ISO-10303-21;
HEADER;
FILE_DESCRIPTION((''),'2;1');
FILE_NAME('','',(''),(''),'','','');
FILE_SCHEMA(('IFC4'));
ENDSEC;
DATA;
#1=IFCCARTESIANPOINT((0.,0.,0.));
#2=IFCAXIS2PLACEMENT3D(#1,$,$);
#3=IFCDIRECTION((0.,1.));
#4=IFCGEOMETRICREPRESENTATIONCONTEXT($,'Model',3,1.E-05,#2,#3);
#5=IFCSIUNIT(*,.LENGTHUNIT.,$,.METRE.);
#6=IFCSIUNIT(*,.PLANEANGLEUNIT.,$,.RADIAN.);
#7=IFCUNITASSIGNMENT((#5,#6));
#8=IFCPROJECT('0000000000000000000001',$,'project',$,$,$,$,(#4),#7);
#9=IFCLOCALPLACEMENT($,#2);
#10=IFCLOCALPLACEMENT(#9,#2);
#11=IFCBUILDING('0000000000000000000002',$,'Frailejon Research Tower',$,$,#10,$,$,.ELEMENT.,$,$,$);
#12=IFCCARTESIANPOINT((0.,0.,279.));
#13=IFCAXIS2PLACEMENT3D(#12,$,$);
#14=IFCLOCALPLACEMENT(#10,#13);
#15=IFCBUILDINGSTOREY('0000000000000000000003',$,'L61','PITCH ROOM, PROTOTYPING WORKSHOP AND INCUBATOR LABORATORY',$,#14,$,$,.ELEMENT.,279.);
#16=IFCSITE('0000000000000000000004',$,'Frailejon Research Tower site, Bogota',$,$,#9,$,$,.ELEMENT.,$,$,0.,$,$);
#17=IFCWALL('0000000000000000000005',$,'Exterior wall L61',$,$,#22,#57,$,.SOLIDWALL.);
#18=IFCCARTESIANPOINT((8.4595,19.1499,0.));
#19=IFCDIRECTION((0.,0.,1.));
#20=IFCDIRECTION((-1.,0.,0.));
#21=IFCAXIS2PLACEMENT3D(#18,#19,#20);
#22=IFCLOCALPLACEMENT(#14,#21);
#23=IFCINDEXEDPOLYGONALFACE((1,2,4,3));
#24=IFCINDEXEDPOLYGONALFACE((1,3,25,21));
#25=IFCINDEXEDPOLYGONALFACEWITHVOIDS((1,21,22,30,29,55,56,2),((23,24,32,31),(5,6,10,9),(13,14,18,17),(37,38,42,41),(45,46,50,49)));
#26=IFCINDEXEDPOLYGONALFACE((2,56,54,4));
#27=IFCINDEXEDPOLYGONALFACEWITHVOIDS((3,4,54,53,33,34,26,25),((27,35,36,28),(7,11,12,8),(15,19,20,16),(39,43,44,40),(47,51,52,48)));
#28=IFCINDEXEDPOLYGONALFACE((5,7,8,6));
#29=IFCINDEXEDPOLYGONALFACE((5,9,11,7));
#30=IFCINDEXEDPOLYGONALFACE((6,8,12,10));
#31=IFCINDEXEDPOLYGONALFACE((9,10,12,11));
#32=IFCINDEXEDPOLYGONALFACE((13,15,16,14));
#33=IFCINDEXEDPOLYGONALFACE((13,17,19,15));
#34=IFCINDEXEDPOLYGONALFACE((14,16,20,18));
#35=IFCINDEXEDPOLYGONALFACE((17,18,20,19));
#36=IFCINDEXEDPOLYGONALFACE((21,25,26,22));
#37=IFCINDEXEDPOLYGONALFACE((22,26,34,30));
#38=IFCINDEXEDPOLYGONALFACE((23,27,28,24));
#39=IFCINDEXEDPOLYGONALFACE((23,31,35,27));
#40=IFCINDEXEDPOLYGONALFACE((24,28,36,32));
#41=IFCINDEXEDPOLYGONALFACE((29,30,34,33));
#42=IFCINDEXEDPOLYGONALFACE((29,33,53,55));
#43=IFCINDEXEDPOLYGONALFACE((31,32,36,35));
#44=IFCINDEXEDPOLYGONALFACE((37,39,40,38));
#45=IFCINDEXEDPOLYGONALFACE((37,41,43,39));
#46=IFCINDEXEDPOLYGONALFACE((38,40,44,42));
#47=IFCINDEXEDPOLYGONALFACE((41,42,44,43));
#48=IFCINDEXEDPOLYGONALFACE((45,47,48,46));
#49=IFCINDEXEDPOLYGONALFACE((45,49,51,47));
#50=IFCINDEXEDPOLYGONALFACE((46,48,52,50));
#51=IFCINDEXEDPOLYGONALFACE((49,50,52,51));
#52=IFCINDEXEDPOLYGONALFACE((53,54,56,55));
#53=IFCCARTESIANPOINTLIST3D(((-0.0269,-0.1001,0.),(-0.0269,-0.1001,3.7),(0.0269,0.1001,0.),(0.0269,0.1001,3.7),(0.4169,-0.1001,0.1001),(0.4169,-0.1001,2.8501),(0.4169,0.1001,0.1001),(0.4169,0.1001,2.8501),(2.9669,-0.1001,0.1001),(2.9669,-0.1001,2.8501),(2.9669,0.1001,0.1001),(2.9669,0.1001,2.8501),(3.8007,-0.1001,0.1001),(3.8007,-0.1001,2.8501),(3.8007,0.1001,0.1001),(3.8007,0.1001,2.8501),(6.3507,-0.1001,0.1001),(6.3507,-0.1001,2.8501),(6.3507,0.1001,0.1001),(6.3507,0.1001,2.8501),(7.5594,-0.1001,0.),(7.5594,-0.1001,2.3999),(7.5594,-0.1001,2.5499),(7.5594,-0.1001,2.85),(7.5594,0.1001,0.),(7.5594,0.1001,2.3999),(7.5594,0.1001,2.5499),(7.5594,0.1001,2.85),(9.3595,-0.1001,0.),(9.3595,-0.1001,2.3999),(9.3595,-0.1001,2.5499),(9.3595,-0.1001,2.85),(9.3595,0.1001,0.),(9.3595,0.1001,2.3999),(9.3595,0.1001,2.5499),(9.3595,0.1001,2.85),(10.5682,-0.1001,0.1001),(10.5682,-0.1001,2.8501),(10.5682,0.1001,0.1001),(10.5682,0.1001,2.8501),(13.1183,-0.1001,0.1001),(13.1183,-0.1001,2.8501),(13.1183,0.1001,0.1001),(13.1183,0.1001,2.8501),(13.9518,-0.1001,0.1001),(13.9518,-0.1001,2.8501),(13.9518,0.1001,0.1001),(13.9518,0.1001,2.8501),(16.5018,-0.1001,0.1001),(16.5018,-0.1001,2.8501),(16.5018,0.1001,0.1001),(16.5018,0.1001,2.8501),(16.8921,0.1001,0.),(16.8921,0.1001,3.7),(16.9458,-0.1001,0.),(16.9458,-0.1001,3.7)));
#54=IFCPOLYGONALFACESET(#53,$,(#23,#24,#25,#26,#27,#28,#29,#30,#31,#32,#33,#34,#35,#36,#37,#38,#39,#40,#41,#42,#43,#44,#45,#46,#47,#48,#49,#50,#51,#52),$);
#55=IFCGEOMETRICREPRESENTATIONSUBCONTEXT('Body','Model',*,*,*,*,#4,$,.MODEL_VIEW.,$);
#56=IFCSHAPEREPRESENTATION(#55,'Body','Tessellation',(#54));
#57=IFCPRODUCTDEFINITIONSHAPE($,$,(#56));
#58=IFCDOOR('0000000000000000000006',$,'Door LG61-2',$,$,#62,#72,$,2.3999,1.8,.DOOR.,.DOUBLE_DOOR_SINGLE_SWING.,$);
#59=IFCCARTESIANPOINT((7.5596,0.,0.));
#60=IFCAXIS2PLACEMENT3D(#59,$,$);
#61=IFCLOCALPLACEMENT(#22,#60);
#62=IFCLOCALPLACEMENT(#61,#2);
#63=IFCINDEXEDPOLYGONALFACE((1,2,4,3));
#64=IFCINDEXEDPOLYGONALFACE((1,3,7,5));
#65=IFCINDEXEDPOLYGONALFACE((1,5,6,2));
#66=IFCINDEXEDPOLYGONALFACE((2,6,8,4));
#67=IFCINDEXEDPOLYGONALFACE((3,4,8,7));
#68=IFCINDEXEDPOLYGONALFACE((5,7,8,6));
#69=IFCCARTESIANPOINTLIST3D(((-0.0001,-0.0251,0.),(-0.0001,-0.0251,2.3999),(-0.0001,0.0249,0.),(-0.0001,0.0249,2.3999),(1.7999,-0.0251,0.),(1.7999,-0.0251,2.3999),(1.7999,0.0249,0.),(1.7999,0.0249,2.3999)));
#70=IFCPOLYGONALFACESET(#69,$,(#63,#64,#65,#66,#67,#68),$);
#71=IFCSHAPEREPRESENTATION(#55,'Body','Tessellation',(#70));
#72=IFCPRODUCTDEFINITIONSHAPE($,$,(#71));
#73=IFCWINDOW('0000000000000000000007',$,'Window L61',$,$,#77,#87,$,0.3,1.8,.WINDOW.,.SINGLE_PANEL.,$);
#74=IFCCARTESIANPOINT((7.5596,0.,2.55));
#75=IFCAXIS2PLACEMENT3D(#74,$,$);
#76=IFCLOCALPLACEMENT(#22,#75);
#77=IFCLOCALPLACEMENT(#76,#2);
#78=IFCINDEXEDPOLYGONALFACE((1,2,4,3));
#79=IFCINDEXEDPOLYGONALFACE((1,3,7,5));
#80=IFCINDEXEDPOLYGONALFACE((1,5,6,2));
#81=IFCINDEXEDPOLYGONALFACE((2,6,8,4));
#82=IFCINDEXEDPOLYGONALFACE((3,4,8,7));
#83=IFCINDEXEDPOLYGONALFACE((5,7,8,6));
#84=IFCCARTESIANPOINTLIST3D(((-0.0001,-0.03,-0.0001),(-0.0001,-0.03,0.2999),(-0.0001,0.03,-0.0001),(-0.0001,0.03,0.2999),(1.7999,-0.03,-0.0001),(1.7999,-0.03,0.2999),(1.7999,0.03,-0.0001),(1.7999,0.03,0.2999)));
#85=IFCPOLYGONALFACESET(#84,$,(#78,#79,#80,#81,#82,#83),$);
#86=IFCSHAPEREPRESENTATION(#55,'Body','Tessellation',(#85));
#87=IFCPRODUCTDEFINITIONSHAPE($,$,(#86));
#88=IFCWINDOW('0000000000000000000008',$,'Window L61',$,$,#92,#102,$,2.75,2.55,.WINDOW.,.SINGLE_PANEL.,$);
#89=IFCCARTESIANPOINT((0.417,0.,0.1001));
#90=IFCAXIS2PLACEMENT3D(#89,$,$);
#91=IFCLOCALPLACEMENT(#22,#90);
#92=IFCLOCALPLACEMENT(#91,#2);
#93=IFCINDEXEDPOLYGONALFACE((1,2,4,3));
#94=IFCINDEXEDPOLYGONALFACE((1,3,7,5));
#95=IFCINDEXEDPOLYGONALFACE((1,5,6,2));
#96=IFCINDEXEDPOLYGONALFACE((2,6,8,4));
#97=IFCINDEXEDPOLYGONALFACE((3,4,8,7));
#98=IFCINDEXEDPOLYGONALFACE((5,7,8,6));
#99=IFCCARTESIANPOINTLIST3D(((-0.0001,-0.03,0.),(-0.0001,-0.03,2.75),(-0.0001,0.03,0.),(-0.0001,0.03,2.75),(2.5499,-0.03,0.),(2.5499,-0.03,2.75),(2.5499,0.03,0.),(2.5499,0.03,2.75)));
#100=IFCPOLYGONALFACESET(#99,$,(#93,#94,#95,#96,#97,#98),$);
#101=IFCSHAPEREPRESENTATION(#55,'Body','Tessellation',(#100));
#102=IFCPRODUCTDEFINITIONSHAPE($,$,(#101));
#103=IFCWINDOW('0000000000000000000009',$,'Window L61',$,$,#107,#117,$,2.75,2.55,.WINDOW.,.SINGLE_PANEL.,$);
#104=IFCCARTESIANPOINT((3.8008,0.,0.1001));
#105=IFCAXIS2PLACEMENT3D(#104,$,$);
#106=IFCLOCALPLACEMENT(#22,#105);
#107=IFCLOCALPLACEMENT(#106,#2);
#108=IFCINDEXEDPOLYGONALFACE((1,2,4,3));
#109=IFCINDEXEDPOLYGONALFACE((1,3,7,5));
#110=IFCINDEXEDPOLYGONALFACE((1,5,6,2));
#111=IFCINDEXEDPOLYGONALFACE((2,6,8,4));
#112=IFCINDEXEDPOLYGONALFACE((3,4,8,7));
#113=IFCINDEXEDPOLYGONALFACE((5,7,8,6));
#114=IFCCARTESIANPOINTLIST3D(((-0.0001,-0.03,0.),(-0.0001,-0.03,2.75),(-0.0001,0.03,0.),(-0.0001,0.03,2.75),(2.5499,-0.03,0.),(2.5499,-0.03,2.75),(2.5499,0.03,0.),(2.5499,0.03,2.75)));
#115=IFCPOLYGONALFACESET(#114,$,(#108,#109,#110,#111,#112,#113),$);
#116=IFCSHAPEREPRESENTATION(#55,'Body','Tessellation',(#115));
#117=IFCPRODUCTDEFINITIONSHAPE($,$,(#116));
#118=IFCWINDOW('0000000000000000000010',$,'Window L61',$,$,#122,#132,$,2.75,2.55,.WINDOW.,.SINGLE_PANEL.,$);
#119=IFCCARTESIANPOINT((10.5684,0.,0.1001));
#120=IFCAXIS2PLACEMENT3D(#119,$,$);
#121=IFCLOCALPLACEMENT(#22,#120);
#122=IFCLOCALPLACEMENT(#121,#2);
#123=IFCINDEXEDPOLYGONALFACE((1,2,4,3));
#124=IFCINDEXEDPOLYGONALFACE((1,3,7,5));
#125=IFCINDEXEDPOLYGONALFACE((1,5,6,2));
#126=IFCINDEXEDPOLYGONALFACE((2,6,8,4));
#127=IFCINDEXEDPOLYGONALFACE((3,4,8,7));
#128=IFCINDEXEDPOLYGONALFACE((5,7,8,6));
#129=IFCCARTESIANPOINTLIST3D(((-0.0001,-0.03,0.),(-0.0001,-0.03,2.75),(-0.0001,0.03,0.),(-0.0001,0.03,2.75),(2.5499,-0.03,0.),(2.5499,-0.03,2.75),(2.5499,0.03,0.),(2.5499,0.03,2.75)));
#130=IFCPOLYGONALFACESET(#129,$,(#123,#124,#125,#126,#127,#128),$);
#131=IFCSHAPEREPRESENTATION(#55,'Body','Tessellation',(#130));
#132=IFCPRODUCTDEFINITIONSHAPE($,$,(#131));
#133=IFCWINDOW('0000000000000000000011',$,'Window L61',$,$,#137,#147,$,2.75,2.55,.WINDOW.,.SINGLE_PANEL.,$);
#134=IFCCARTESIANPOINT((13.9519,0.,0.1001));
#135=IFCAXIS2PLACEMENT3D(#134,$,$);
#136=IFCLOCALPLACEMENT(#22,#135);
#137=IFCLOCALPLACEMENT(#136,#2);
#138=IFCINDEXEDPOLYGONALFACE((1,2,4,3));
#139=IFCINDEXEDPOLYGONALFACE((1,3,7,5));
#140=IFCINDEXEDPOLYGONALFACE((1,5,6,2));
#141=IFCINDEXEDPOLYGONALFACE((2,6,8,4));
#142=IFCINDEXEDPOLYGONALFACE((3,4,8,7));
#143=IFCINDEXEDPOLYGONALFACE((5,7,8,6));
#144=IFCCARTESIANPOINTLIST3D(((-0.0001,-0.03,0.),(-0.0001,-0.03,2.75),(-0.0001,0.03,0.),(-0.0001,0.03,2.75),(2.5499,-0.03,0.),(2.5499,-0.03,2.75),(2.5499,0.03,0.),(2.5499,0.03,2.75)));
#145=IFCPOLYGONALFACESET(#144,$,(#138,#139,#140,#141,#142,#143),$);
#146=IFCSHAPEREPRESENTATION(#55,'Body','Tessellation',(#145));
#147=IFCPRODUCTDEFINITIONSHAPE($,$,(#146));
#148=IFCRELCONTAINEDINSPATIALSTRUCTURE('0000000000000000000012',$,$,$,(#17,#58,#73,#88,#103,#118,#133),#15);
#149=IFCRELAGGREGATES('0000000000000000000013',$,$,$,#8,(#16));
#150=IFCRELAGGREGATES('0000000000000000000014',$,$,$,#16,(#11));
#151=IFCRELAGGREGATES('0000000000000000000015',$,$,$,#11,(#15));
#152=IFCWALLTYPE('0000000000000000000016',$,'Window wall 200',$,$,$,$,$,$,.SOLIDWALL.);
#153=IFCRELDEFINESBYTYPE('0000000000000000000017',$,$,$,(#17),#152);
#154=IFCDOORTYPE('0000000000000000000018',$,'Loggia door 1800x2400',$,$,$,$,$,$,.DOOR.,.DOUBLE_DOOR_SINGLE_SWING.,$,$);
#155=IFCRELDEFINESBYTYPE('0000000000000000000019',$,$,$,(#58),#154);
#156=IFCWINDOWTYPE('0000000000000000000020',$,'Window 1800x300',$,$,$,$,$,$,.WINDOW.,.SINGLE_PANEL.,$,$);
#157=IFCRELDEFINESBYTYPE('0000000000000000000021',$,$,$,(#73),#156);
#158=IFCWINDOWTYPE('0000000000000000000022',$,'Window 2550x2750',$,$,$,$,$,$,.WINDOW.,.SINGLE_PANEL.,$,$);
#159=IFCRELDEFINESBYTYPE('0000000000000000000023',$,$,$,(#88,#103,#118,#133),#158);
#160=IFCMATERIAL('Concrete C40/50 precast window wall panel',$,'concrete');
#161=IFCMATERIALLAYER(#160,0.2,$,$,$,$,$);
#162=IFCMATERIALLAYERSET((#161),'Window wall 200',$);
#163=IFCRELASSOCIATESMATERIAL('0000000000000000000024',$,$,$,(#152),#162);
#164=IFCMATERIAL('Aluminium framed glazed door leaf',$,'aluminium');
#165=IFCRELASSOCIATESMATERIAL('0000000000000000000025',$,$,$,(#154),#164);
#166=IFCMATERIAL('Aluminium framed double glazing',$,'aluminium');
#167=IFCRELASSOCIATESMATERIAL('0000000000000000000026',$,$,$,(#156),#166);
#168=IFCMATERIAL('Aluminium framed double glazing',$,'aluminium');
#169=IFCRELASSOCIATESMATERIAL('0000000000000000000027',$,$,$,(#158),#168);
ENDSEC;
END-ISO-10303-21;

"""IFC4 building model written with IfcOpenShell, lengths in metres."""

from ifc_helpers import new_model, si_unit, direction, frame, frame_2d, origin, place, context, subcontext, project, spatial, polyline, rectangle, outline, extrude, material, layer, layer_set, type_object, element, fill, save


model = new_model("IFC4")

# Units and contexts
model_context = context("Model", 3, precision=1e-05, world=origin(), true_north=direction((0.0, 1.0)))
body_context = subcontext(model_context, "Body", "Model", "MODEL_VIEW")
ifc_project = project(units=[si_unit("LENGTHUNIT", "METRE"), si_unit("PLANEANGLEUNIT", "RADIAN")], contexts=[model_context])

# Site, building, storey
site_placement = place(None, origin())
site = spatial("IfcSite", under=ifc_project, at=site_placement, Name="Frailejon Research Tower site, Bogota", CompositionType="ELEMENT", RefElevation=0.0)
building_placement = place(site_placement, origin())
building = spatial("IfcBuilding", under=site, at=building_placement, Name="Frailejon Research Tower", CompositionType="ELEMENT")
storey_placement = place(building_placement, frame((0.0, 0.0, 279.0)))
storey = spatial("IfcBuildingStorey", under=building, at=storey_placement, Name="L61", Description="PITCH ROOM, PROTOTYPING WORKSHOP AND INCUBATOR LABORATORY", CompositionType="ELEMENT", Elevation=279.0)

# Wall, openings, door, windows
ifc_material_1 = material(Name="Concrete C40/50 precast window wall panel", Category="concrete")
ifc_layer_1 = layer(ifc_material_1, 0.2)
ifc_layer_set_1 = layer_set([ifc_layer_1], Name="Window wall 200")
wall_type_1 = type_object("IfcWallType", Name="Window wall 200", PredefinedType="SOLIDWALL", material=ifc_layer_set_1)
wall_1_placement = place(storey_placement, frame((8.4595, 19.1499, 0.0), z_axis=(0.0, 0.0, 1.0), x_axis=(-1.0, 0.0, 0.0)))
wall_1 = element("IfcWall", 1, at=wall_1_placement, inside=storey, type_object=wall_type_1, Name="Exterior wall L61", PredefinedType="SOLIDWALL", context=body_context, shape_type="SweptSolid", body=[
    extrude(outline(polyline([(-0.0269, -0.1001), (1.0339, -0.1001), (2.0947, -0.1001), (3.1555, -0.1001), (4.2163, -0.1001), (5.2771, -0.1001), (6.3379, -0.1001), (7.3987, -0.1001), (8.4595, -0.1001), (9.5203, -0.1001), (10.5811, -0.1001), (11.6418, -0.1001), (12.7026, -0.1001), (13.7634, -0.1001), (14.8242, -0.1001), (15.885, -0.1001), (16.9458, -0.1001), (16.8921, 0.1001), (15.8379, 0.1001), (14.7839, 0.1001), (13.73, 0.1001), (12.6758, 0.1001), (11.6216, 0.1001), (10.5676, 0.1001), (9.5137, 0.1001), (8.4595, 0.1001), (7.4053, 0.1001), (6.3513, 0.1001), (5.2974, 0.1001), (4.2432, 0.1001), (3.189, 0.1001), (2.135, 0.1001), (1.0811, 0.1001), (0.0269, 0.1001), (-0.0269, -0.1001)])), origin(), (0.0, 0.0, 1.0), 3.7),
])
opening_1_placement = place(wall_1_placement, frame((0.417, 0.0, 0.1001)))
opening_1 = element("IfcOpeningElement", 2, at=opening_1_placement, cuts=wall_1, PredefinedType="OPENING", context=body_context, shape_type="SweptSolid", body=[
    extrude(rectangle(XDim=2.55, YDim=2.75, at=frame_2d((1.2749, 1.375))), frame((0.0, 0.1099, 0.0), z_axis=(0.0, -1.0, 0.0), x_axis=(1.0, 0.0, 0.0)), (0.0, 0.0, 1.0), 0.22),
])
opening_2_placement = place(wall_1_placement, frame((3.8008, 0.0, 0.1001)))
opening_2 = element("IfcOpeningElement", 3, at=opening_2_placement, cuts=wall_1, PredefinedType="OPENING", context=body_context, shape_type="SweptSolid", body=[
    extrude(rectangle(XDim=2.55, YDim=2.75, at=frame_2d((1.2749, 1.375))), frame((0.0, 0.1099, 0.0), z_axis=(0.0, -1.0, 0.0), x_axis=(1.0, 0.0, 0.0)), (0.0, 0.0, 1.0), 0.22),
])
opening_3_placement = place(wall_1_placement, frame((7.5596, 0.0, 0.0)))
opening_3 = element("IfcOpeningElement", 4, at=opening_3_placement, cuts=wall_1, PredefinedType="OPENING", context=body_context, shape_type="SweptSolid", body=[
    extrude(rectangle(XDim=1.8, YDim=2.3999, at=frame_2d((0.8999, 1.2))), frame((0.0, 0.1099, 0.0), z_axis=(0.0, -1.0, 0.0), x_axis=(1.0, 0.0, 0.0)), (0.0, 0.0, 1.0), 0.22),
])
opening_4_placement = place(wall_1_placement, frame((7.5596, 0.0, 2.55)))
opening_4 = element("IfcOpeningElement", 5, at=opening_4_placement, cuts=wall_1, PredefinedType="OPENING", context=body_context, shape_type="SweptSolid", body=[
    extrude(rectangle(XDim=1.8, YDim=0.3, at=frame_2d((0.8999, 0.1499))), frame((0.0, 0.1099, 0.0), z_axis=(0.0, -1.0, 0.0), x_axis=(1.0, 0.0, 0.0)), (0.0, 0.0, 1.0), 0.22),
])
opening_5_placement = place(wall_1_placement, frame((10.5684, 0.0, 0.1001)))
opening_5 = element("IfcOpeningElement", 6, at=opening_5_placement, cuts=wall_1, PredefinedType="OPENING", context=body_context, shape_type="SweptSolid", body=[
    extrude(rectangle(XDim=2.55, YDim=2.75, at=frame_2d((1.2749, 1.375))), frame((0.0, 0.1099, 0.0), z_axis=(0.0, -1.0, 0.0), x_axis=(1.0, 0.0, 0.0)), (0.0, 0.0, 1.0), 0.22),
])
opening_6_placement = place(wall_1_placement, frame((13.9519, 0.0, 0.1001)))
opening_6 = element("IfcOpeningElement", 7, at=opening_6_placement, cuts=wall_1, PredefinedType="OPENING", context=body_context, shape_type="SweptSolid", body=[
    extrude(rectangle(XDim=2.55, YDim=2.75, at=frame_2d((1.2749, 1.375))), frame((0.0, 0.1099, 0.0), z_axis=(0.0, -1.0, 0.0), x_axis=(1.0, 0.0, 0.0)), (0.0, 0.0, 1.0), 0.22),
])
ifc_material_2 = material(Name="Aluminium framed glazed door leaf", Category="aluminium")
door_type = type_object("IfcDoorType", Name="Loggia door 1800x2400", OperationType="DOUBLE_DOOR_SINGLE_SWING", PredefinedType="DOOR", material=ifc_material_2)
door_placement = place(opening_3_placement, origin())
door = element("IfcDoor", 8, at=door_placement, inside=storey, type_object=door_type, Name="Door LG61-2", OperationType="DOUBLE_DOOR_SINGLE_SWING", OverallHeight=2.3999, OverallWidth=1.8, PredefinedType="DOOR", context=body_context, shape_type="SweptSolid", body=[
    extrude(rectangle(XDim=1.8, YDim=2.3999, at=frame_2d((0.8999, 1.2))), frame((0.0, 0.0249, 0.0), z_axis=(0.0, -1.0, 0.0), x_axis=(1.0, 0.0, 0.0)), (0.0, 0.0, 1.0), 0.05),
])
fill(opening_3, door)
ifc_material_3 = material(Name="Aluminium framed double glazing", Category="aluminium")
window_type_1 = type_object("IfcWindowType", Name="Window 1800x300", PartitioningType="SINGLE_PANEL", PredefinedType="WINDOW", material=ifc_material_3)
window_1_placement = place(opening_4_placement, origin())
window_1 = element("IfcWindow", 9, at=window_1_placement, inside=storey, type_object=window_type_1, Name="Window L61", OverallHeight=0.3, OverallWidth=1.8, PartitioningType="SINGLE_PANEL", PredefinedType="WINDOW", context=body_context, shape_type="SweptSolid", body=[
    extrude(rectangle(XDim=1.8, YDim=0.3, at=frame_2d((0.8999, 0.1499))), frame((0.0, 0.03, 0.0), z_axis=(0.0, -1.0, 0.0), x_axis=(1.0, 0.0, 0.0)), (0.0, 0.0, 1.0), 0.0601),
])
fill(opening_4, window_1)
ifc_material_4 = material(Name="Aluminium framed double glazing", Category="aluminium")
window_type_2 = type_object("IfcWindowType", Name="Window 2550x2750", PartitioningType="SINGLE_PANEL", PredefinedType="WINDOW", material=ifc_material_4)
window_2_placement = place(opening_1_placement, origin())
window_2 = element("IfcWindow", 10, at=window_2_placement, inside=storey, type_object=window_type_2, Name="Window L61", OverallHeight=2.75, OverallWidth=2.55, PartitioningType="SINGLE_PANEL", PredefinedType="WINDOW", context=body_context, shape_type="SweptSolid", body=[
    extrude(rectangle(XDim=2.55, YDim=2.75, at=frame_2d((1.2749, 1.375))), frame((0.0, 0.03, 0.0), z_axis=(0.0, -1.0, 0.0), x_axis=(1.0, 0.0, 0.0)), (0.0, 0.0, 1.0), 0.0601),
])
fill(opening_1, window_2)
window_3_placement = place(opening_2_placement, origin())
window_3 = element("IfcWindow", 11, at=window_3_placement, inside=storey, type_object=window_type_2, Name="Window L61", OverallHeight=2.75, OverallWidth=2.55, PartitioningType="SINGLE_PANEL", PredefinedType="WINDOW", context=body_context, shape_type="SweptSolid", body=[
    extrude(rectangle(XDim=2.55, YDim=2.75, at=frame_2d((1.2749, 1.375))), frame((0.0, 0.03, 0.0), z_axis=(0.0, -1.0, 0.0), x_axis=(1.0, 0.0, 0.0)), (0.0, 0.0, 1.0), 0.0601),
])
fill(opening_2, window_3)
window_4_placement = place(opening_5_placement, origin())
window_4 = element("IfcWindow", 12, at=window_4_placement, inside=storey, type_object=window_type_2, Name="Window L61", OverallHeight=2.75, OverallWidth=2.55, PartitioningType="SINGLE_PANEL", PredefinedType="WINDOW", context=body_context, shape_type="SweptSolid", body=[
    extrude(rectangle(XDim=2.55, YDim=2.75, at=frame_2d((1.2749, 1.375))), frame((0.0, 0.03, 0.0), z_axis=(0.0, -1.0, 0.0), x_axis=(1.0, 0.0, 0.0)), (0.0, 0.0, 1.0), 0.0601),
])
fill(opening_5, window_4)
window_5_placement = place(opening_6_placement, origin())
window_5 = element("IfcWindow", 13, at=window_5_placement, inside=storey, type_object=window_type_2, Name="Window L61", OverallHeight=2.75, OverallWidth=2.55, PartitioningType="SINGLE_PANEL", PredefinedType="WINDOW", context=body_context, shape_type="SweptSolid", body=[
    extrude(rectangle(XDim=2.55, YDim=2.75, at=frame_2d((1.2749, 1.375))), frame((0.0, 0.03, 0.0), z_axis=(0.0, -1.0, 0.0), x_axis=(1.0, 0.0, 0.0)), (0.0, 0.0, 1.0), 0.0601),
])
fill(opening_6, window_5)

save(model, "model.ifc")
